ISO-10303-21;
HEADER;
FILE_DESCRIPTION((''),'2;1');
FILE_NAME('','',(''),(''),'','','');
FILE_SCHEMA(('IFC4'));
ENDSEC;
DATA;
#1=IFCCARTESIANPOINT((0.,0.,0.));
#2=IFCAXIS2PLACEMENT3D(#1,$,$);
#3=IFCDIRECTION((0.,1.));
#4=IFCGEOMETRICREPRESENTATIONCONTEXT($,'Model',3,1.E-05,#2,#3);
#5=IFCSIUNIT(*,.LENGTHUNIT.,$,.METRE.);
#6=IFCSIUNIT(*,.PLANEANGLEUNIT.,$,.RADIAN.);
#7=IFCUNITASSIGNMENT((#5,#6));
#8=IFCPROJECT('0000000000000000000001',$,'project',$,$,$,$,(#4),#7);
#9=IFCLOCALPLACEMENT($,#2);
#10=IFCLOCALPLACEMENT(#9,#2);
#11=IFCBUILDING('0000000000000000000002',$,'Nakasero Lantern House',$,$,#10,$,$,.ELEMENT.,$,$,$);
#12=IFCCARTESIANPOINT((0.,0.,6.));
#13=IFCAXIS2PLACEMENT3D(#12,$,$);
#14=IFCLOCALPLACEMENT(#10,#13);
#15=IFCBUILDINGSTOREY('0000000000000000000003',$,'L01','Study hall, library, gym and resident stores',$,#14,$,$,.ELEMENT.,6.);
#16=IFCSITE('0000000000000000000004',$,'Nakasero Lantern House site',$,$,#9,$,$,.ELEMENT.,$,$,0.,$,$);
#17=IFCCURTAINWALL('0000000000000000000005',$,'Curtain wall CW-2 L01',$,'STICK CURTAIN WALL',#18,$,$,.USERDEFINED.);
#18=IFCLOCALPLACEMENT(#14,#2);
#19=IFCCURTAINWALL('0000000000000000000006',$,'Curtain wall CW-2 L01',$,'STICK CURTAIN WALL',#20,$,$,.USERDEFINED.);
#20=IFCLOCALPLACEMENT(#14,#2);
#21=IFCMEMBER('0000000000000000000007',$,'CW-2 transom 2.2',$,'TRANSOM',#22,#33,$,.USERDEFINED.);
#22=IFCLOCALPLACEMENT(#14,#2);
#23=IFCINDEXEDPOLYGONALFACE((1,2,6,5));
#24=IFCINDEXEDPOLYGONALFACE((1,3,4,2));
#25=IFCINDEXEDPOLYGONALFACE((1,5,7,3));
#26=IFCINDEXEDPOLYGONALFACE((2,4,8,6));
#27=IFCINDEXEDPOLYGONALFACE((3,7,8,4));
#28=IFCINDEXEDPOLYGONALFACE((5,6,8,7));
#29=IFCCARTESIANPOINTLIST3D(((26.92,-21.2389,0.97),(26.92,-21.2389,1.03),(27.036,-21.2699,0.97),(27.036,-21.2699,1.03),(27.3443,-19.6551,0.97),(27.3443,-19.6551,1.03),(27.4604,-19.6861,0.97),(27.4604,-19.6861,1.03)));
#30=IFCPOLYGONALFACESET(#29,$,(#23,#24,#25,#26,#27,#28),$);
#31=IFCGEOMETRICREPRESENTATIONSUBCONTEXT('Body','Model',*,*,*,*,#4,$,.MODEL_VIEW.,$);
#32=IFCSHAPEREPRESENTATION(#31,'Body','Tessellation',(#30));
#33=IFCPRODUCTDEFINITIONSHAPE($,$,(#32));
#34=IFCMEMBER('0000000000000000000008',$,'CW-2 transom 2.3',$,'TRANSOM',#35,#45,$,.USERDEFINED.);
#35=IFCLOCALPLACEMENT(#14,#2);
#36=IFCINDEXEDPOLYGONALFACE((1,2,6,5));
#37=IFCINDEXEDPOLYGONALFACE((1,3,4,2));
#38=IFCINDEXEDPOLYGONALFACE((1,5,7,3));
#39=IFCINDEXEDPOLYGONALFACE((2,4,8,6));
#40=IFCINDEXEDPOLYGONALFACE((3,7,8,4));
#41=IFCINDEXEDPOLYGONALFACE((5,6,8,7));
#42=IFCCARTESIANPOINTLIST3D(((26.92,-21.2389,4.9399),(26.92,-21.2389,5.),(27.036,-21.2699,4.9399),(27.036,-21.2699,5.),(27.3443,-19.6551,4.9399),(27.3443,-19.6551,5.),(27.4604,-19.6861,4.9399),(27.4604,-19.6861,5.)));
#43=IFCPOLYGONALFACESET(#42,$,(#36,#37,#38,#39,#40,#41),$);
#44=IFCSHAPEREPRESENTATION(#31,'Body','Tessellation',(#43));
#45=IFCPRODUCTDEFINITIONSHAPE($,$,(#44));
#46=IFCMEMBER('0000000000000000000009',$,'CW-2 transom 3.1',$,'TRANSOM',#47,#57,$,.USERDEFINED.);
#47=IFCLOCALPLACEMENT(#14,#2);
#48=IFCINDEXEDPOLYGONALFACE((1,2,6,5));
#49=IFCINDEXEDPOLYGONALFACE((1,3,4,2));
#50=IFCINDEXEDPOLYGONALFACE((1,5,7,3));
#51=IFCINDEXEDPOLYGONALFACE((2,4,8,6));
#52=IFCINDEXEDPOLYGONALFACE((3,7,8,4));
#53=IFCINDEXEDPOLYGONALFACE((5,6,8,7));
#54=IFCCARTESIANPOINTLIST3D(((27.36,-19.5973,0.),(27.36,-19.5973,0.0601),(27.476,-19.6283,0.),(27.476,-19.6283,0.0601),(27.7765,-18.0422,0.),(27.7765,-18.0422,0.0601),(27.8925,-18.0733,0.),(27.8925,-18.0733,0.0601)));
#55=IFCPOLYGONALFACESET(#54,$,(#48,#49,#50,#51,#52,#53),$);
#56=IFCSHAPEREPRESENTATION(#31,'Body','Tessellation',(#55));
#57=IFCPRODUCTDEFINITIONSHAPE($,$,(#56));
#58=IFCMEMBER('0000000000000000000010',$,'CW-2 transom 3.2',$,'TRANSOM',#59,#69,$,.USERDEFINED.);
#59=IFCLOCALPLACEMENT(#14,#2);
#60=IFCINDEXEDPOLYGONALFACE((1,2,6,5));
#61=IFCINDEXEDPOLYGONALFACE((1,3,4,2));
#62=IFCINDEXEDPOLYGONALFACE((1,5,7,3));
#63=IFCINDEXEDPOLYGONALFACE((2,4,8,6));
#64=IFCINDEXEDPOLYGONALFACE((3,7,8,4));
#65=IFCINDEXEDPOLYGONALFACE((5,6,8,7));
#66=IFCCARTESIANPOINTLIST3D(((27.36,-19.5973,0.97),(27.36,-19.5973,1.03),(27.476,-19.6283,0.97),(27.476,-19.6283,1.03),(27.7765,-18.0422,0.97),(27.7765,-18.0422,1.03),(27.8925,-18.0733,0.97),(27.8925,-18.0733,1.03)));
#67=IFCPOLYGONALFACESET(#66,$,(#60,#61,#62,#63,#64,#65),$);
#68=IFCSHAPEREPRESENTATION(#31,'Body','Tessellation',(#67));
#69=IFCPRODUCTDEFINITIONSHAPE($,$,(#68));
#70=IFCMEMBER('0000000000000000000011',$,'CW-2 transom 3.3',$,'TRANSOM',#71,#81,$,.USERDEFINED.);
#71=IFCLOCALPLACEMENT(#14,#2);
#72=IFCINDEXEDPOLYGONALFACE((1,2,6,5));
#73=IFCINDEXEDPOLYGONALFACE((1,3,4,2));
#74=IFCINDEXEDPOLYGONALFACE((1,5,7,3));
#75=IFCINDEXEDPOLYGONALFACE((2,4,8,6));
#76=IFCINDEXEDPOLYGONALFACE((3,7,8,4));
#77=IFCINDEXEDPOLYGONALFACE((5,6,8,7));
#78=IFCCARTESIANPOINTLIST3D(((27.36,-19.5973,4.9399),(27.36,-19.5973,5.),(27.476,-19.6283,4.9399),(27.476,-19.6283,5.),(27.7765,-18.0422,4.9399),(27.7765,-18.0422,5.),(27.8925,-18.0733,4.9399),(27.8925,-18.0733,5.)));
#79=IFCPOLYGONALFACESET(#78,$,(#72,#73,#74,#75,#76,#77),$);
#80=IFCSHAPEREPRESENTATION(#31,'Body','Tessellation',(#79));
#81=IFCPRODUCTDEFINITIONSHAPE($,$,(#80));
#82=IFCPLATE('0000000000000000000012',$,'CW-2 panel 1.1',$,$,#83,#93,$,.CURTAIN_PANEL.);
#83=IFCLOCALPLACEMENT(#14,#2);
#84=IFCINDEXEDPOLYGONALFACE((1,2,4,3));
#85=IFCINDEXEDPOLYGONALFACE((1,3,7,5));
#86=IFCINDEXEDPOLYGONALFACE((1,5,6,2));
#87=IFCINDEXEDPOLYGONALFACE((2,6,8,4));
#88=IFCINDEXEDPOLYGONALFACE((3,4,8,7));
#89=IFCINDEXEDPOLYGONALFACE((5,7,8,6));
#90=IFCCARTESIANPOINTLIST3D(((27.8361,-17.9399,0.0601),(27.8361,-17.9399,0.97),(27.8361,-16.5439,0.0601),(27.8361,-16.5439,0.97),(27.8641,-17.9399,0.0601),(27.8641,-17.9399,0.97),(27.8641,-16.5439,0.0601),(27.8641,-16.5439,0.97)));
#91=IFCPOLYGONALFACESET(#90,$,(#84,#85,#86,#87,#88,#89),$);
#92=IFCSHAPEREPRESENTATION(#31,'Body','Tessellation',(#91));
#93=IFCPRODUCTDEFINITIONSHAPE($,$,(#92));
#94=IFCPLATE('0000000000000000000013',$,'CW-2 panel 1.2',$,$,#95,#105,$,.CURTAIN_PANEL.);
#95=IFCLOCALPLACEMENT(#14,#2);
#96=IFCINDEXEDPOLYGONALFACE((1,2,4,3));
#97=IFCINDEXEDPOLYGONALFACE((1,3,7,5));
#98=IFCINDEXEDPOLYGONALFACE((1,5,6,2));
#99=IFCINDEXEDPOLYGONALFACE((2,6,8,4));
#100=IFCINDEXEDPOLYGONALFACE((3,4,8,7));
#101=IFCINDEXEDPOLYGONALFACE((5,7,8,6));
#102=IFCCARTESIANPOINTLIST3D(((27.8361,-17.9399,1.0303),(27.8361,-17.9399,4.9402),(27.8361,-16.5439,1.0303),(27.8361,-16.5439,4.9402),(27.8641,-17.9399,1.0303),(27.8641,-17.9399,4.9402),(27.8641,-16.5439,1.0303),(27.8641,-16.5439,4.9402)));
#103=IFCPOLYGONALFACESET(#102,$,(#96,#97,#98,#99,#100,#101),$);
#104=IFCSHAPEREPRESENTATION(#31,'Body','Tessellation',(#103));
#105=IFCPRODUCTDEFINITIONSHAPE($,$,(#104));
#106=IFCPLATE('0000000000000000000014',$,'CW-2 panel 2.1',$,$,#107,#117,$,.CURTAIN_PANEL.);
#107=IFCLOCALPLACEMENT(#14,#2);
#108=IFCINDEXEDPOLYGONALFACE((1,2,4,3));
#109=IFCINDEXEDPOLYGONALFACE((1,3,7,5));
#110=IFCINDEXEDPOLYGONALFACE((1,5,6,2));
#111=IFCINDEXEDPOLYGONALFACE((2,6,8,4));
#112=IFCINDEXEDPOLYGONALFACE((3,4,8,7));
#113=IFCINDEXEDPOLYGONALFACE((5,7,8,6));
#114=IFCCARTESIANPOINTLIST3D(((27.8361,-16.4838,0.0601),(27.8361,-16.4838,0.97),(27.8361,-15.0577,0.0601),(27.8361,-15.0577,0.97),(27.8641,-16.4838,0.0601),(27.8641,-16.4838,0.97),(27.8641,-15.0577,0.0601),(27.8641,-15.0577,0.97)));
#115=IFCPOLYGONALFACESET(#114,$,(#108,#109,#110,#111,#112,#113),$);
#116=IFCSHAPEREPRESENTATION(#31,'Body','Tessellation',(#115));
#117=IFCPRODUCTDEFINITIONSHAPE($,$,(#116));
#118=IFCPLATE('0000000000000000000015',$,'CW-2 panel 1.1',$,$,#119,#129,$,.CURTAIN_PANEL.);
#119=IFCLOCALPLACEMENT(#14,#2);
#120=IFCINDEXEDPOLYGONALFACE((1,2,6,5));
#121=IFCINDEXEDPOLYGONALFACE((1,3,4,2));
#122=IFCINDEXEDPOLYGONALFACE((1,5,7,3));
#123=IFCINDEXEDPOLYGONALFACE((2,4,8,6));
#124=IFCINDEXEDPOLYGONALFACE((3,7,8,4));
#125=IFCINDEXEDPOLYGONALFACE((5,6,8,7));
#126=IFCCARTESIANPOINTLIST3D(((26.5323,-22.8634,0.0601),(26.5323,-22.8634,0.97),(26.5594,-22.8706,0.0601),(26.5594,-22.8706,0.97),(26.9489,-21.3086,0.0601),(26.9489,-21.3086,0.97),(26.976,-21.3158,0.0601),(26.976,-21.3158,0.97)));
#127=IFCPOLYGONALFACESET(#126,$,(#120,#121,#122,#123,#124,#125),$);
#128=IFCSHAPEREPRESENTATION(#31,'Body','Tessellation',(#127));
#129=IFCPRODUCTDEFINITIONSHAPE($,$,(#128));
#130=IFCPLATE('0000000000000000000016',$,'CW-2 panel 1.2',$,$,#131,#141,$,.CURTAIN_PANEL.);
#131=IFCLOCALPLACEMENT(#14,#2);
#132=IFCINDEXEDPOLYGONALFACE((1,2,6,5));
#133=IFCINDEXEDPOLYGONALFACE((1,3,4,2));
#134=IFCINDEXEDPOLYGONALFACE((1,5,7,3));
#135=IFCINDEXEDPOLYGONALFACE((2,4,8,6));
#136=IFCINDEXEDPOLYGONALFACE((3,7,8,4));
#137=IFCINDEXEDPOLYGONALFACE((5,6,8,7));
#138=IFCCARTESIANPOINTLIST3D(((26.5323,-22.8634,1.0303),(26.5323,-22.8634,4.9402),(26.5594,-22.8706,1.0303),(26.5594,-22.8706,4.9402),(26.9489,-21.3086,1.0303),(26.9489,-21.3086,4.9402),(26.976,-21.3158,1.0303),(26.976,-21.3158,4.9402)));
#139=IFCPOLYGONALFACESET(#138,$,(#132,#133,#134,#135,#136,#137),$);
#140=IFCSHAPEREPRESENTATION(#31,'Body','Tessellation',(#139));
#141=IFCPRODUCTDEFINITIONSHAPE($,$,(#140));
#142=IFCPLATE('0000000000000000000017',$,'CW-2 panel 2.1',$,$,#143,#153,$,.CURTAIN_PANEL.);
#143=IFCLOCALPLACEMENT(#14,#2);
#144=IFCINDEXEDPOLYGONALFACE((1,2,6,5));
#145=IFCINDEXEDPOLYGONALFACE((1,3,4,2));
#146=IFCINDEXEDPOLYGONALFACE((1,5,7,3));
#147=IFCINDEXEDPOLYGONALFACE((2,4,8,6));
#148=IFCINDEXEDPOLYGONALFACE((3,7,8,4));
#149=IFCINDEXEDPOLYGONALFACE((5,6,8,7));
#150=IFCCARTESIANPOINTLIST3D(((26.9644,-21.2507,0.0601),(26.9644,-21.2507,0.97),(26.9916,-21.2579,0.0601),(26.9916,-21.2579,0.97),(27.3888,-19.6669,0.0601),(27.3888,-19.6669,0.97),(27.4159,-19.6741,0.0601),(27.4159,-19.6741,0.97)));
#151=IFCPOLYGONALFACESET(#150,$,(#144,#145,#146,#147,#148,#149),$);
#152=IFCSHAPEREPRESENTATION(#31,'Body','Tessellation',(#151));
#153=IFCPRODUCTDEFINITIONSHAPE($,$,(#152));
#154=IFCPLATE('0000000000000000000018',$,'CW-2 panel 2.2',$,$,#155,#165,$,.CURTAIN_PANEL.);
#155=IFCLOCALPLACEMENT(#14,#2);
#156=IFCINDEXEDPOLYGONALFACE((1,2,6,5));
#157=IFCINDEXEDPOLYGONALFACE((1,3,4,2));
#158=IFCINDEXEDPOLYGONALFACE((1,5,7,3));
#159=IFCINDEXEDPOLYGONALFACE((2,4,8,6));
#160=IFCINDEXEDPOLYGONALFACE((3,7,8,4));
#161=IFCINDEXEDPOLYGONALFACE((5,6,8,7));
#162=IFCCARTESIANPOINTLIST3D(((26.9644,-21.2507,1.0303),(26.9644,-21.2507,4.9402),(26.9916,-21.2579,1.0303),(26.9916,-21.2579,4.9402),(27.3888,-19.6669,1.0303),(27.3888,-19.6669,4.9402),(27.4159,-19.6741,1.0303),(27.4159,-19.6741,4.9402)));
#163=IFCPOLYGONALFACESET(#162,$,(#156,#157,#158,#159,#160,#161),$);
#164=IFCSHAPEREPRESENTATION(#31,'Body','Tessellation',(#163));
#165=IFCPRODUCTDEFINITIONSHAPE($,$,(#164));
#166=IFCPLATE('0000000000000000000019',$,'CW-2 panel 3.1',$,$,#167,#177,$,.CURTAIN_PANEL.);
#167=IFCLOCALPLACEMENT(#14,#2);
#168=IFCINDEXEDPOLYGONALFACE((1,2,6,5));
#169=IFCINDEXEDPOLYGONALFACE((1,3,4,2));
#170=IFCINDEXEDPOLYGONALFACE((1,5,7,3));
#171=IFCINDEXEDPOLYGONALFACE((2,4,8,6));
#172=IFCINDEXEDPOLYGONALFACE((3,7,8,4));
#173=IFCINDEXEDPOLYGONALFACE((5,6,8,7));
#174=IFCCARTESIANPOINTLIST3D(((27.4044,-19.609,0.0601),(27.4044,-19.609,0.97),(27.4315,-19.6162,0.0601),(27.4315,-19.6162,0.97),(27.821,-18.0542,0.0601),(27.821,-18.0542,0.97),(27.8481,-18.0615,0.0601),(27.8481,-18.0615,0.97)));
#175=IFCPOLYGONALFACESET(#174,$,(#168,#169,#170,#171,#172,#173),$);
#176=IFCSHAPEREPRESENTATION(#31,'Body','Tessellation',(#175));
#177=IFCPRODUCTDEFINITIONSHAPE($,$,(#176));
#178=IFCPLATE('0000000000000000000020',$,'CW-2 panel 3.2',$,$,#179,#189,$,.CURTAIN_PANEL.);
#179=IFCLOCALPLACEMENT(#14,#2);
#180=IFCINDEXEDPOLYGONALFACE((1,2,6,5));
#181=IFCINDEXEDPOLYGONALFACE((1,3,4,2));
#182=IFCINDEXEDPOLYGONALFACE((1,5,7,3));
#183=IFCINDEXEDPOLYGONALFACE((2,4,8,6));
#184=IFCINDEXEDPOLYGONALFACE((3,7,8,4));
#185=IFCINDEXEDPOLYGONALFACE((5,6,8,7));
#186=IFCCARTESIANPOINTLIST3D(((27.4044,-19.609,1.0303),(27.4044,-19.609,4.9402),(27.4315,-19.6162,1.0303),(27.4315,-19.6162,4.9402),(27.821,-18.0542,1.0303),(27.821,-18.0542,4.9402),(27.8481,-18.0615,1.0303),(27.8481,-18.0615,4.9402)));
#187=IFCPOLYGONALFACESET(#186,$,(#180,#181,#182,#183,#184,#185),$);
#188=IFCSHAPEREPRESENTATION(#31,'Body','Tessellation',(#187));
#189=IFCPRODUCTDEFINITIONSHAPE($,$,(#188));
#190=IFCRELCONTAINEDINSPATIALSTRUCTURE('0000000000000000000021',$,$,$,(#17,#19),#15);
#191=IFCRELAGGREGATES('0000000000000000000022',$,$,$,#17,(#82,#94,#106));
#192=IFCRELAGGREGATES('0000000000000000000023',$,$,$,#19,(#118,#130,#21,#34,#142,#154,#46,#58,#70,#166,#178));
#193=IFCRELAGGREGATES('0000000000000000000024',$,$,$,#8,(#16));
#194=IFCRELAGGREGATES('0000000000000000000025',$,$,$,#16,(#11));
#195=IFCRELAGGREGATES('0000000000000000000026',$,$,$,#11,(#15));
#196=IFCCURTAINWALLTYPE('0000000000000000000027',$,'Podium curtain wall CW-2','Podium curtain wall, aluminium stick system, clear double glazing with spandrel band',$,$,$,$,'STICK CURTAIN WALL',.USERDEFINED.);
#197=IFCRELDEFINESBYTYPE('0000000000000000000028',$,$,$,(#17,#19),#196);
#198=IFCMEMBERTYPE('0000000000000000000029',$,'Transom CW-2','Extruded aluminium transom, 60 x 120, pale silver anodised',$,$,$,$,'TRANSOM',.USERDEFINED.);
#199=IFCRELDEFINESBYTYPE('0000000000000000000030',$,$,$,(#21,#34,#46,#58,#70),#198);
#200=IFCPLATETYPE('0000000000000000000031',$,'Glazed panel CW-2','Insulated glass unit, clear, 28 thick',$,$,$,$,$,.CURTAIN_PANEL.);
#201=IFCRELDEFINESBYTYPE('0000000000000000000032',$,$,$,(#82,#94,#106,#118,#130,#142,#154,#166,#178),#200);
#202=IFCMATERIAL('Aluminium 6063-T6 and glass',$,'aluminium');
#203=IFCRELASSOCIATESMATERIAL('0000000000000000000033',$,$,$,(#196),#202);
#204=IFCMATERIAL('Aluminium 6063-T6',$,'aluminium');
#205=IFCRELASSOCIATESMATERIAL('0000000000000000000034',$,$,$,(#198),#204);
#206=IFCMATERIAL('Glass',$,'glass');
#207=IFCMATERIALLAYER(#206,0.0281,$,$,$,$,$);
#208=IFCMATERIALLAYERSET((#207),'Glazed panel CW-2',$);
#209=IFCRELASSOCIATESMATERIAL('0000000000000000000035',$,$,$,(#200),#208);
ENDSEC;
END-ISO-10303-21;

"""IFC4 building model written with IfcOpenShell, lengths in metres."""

from ifc_helpers import new_model, si_unit, direction, frame, origin, origin_2d, place, context, subcontext, project, spatial, rectangle, extrude, material, layer, layer_set, material_profile, profile_set, type_object, element, aggregate, save


model = new_model("IFC4")

# Units and contexts
model_context = context("Model", 3, precision=1e-05, world=origin(), true_north=direction((0.0, 1.0)))
body_context = subcontext(model_context, "Body", "Model", "MODEL_VIEW")
ifc_project = project(units=[si_unit("LENGTHUNIT", "METRE"), si_unit("PLANEANGLEUNIT", "RADIAN")], contexts=[model_context])

# Site, building, storey
site_placement = place(None, origin())
site = spatial("IfcSite", under=ifc_project, at=site_placement, Name="Nakasero Lantern House site", CompositionType="ELEMENT", RefElevation=0.0)
building_placement = place(site_placement, origin())
building = spatial("IfcBuilding", under=site, at=building_placement, Name="Nakasero Lantern House", CompositionType="ELEMENT")
storey_placement = place(building_placement, frame((0.0, 0.0, 6.0)))
storey = spatial("IfcBuildingStorey", under=building, at=storey_placement, Name="L01", Description="Study hall, library, gym and resident stores", CompositionType="ELEMENT", Elevation=6.0)

# Curtain walls
ifc_material_1 = material(Name="Aluminium 6063-T6 and glass", Category="aluminium")
curtain_wall_type = type_object("IfcCurtainWallType", Name="Podium curtain wall CW-2", Description="Podium curtain wall, aluminium stick system, clear double glazing with spandrel band", ElementType="STICK CURTAIN WALL", PredefinedType="USERDEFINED", material=ifc_material_1)
curtain_wall_1_placement = place(storey_placement, origin())
curtain_wall_1 = element("IfcCurtainWall", 1, at=curtain_wall_1_placement, inside=storey, type_object=curtain_wall_type, Name="Curtain wall CW-2 L01", ObjectType="STICK CURTAIN WALL", PredefinedType="USERDEFINED")
curtain_wall_2_placement = place(storey_placement, origin())
curtain_wall_2 = element("IfcCurtainWall", 2, at=curtain_wall_2_placement, inside=storey, type_object=curtain_wall_type, Name="Curtain wall CW-2 L01", ObjectType="STICK CURTAIN WALL", PredefinedType="USERDEFINED")

# Members
ifc_material_2 = material(Name="Aluminium 6063-T6", Category="aluminium")
ifc_material_profile_1 = material_profile(ifc_material_2, rectangle(XDim=0.0601, YDim=0.1201, at=origin_2d()), Name="CW-2 transom 60x120")
ifc_profile_set_1 = profile_set([ifc_material_profile_1], Name="Aluminium 6063-T6")
member_type_1 = type_object("IfcMemberType", Name="Transom CW-2", Description="Extruded aluminium transom, 60 x 120, pale silver anodised", ElementType="TRANSOM", PredefinedType="USERDEFINED", material=ifc_profile_set_1)
member_1_placement = place(storey_placement, frame((26.978, -21.2544, 1.0), z_axis=(0.258793, 0.965933, 0.0), x_axis=(0.0, 0.0, 1.0)))
member_1 = element("IfcMember", 3, at=member_1_placement, type_object=member_type_1, Name="CW-2 transom 2.2", ObjectType="TRANSOM", PredefinedType="USERDEFINED", context=body_context, shape_type="SweptSolid", body=[
    extrude(rectangle(XDim=0.0601, YDim=0.1201, at=origin_2d()), origin(), (0.0, 0.0, 1.0), 1.6396),
])
member_2_placement = place(storey_placement, frame((26.978, -21.2544, 4.97), z_axis=(0.258793, 0.965933, 0.0), x_axis=(0.0, 0.0, 1.0)))
member_2 = element("IfcMember", 4, at=member_2_placement, type_object=member_type_1, Name="CW-2 transom 2.3", ObjectType="TRANSOM", PredefinedType="USERDEFINED", context=body_context, shape_type="SweptSolid", body=[
    extrude(rectangle(XDim=0.0601, YDim=0.1201, at=origin_2d()), origin(), (0.0, 0.0, 1.0), 1.6396),
])
member_3_placement = place(storey_placement, frame((27.418, -19.6128, 0.03), z_axis=(0.258739, 0.965947, 0.0), x_axis=(0.0, 0.0, 1.0)))
member_3 = element("IfcMember", 5, at=member_3_placement, type_object=member_type_1, Name="CW-2 transom 3.1", ObjectType="TRANSOM", PredefinedType="USERDEFINED", context=body_context, shape_type="SweptSolid", body=[
    extrude(rectangle(XDim=0.0601, YDim=0.1201, at=origin_2d()), origin(), (0.0, 0.0, 1.0), 1.6099),
])
member_4_placement = place(storey_placement, frame((27.418, -19.6128, 1.0), z_axis=(0.258739, 0.965947, 0.0), x_axis=(0.0, 0.0, 1.0)))
member_4 = element("IfcMember", 6, at=member_4_placement, type_object=member_type_1, Name="CW-2 transom 3.2", ObjectType="TRANSOM", PredefinedType="USERDEFINED", context=body_context, shape_type="SweptSolid", body=[
    extrude(rectangle(XDim=0.0601, YDim=0.1201, at=origin_2d()), origin(), (0.0, 0.0, 1.0), 1.6099),
])
member_5_placement = place(storey_placement, frame((27.418, -19.6128, 4.97), z_axis=(0.258739, 0.965947, 0.0), x_axis=(0.0, 0.0, 1.0)))
member_5 = element("IfcMember", 7, at=member_5_placement, type_object=member_type_1, Name="CW-2 transom 3.3", ObjectType="TRANSOM", PredefinedType="USERDEFINED", context=body_context, shape_type="SweptSolid", body=[
    extrude(rectangle(XDim=0.0601, YDim=0.1201, at=origin_2d()), origin(), (0.0, 0.0, 1.0), 1.6099),
])

# Plates
ifc_material_3 = material(Name="Glass", Category="glass")
ifc_layer = layer(ifc_material_3, 0.0281)
ifc_layer_set = layer_set([ifc_layer], Name="Glazed panel CW-2")
plate_type = type_object("IfcPlateType", Name="Glazed panel CW-2", Description="Insulated glass unit, clear, 28 thick", PredefinedType="CURTAIN_PANEL", material=ifc_layer_set)
plate_1_placement = place(storey_placement, frame((27.8501, -17.2419, 0.0601), z_axis=(0.0, 0.0, 1.0), x_axis=(0.0, 1.0, 0.0)))
plate_1 = element("IfcPlate", 8, at=plate_1_placement, type_object=plate_type, Name="CW-2 panel 1.1", PredefinedType="CURTAIN_PANEL", context=body_context, shape_type="SweptSolid", body=[
    extrude(rectangle(XDim=1.396, YDim=0.0281, at=origin_2d()), origin(), (0.0, 0.0, 1.0), 0.9099),
])
plate_2_placement = place(storey_placement, frame((27.8501, -17.2419, 1.0303), z_axis=(0.0, 0.0, 1.0), x_axis=(0.0, 1.0, 0.0)))
plate_2 = element("IfcPlate", 9, at=plate_2_placement, type_object=plate_type, Name="CW-2 panel 1.2", PredefinedType="CURTAIN_PANEL", context=body_context, shape_type="SweptSolid", body=[
    extrude(rectangle(XDim=1.396, YDim=0.0281, at=origin_2d()), origin(), (0.0, 0.0, 1.0), 3.9099),
])
plate_3_placement = place(storey_placement, frame((27.8501, -15.7708, 0.0601), z_axis=(0.0, 0.0, 1.0), x_axis=(0.0, 1.0, 0.0)))
plate_3 = element("IfcPlate", 10, at=plate_3_placement, type_object=plate_type, Name="CW-2 panel 2.1", PredefinedType="CURTAIN_PANEL", context=body_context, shape_type="SweptSolid", body=[
    extrude(rectangle(XDim=1.426, YDim=0.0281, at=origin_2d()), origin(), (0.0, 0.0, 1.0), 0.9099),
])
aggregate(curtain_wall_1, [plate_1, plate_2, plate_3])
plate_4_placement = place(storey_placement, frame((26.7542, -22.0896, 0.0601), z_axis=(0.0, 0.0, 1.0), x_axis=(0.258819, 0.965926, 0.0)))
plate_4 = element("IfcPlate", 11, at=plate_4_placement, type_object=plate_type, Name="CW-2 panel 1.1", PredefinedType="CURTAIN_PANEL", context=body_context, shape_type="SweptSolid", body=[
    extrude(rectangle(XDim=1.6096, YDim=0.0281, at=origin_2d()), origin(), (0.0, 0.0, 1.0), 0.9099),
])
plate_5_placement = place(storey_placement, frame((26.7542, -22.0896, 1.0303), z_axis=(0.0, 0.0, 1.0), x_axis=(0.258819, 0.965926, 0.0)))
plate_5 = element("IfcPlate", 12, at=plate_5_placement, type_object=plate_type, Name="CW-2 panel 1.2", PredefinedType="CURTAIN_PANEL", context=body_context, shape_type="SweptSolid", body=[
    extrude(rectangle(XDim=1.6096, YDim=0.0281, at=origin_2d()), origin(), (0.0, 0.0, 1.0), 3.9099),
])
plate_6_placement = place(storey_placement, frame((27.1902, -20.4624, 0.0601), z_axis=(0.0, 0.0, 1.0), x_axis=(0.258819, 0.965926, 0.0)))
plate_6 = element("IfcPlate", 13, at=plate_6_placement, type_object=plate_type, Name="CW-2 panel 2.1", PredefinedType="CURTAIN_PANEL", context=body_context, shape_type="SweptSolid", body=[
    extrude(rectangle(XDim=1.6396, YDim=0.0281, at=origin_2d()), origin(), (0.0, 0.0, 1.0), 0.9099),
])
plate_7_placement = place(storey_placement, frame((27.1902, -20.4624, 1.0303), z_axis=(0.0, 0.0, 1.0), x_axis=(0.258819, 0.965926, 0.0)))
plate_7 = element("IfcPlate", 14, at=plate_7_placement, type_object=plate_type, Name="CW-2 panel 2.2", PredefinedType="CURTAIN_PANEL", context=body_context, shape_type="SweptSolid", body=[
    extrude(rectangle(XDim=1.6396, YDim=0.0281, at=origin_2d()), origin(), (0.0, 0.0, 1.0), 3.9099),
])
plate_8_placement = place(storey_placement, frame((27.6262, -18.8352, 0.0601), z_axis=(0.0, 0.0, 1.0), x_axis=(0.258819, 0.965926, 0.0)))
plate_8 = element("IfcPlate", 15, at=plate_8_placement, type_object=plate_type, Name="CW-2 panel 3.1", PredefinedType="CURTAIN_PANEL", context=body_context, shape_type="SweptSolid", body=[
    extrude(rectangle(XDim=1.6096, YDim=0.0281, at=origin_2d()), origin(), (0.0, 0.0, 1.0), 0.9099),
])
plate_9_placement = place(storey_placement, frame((27.6262, -18.8352, 1.0303), z_axis=(0.0, 0.0, 1.0), x_axis=(0.258819, 0.965926, 0.0)))
plate_9 = element("IfcPlate", 16, at=plate_9_placement, type_object=plate_type, Name="CW-2 panel 3.2", PredefinedType="CURTAIN_PANEL", context=body_context, shape_type="SweptSolid", body=[
    extrude(rectangle(XDim=1.6096, YDim=0.0281, at=origin_2d()), origin(), (0.0, 0.0, 1.0), 3.9099),
])
aggregate(curtain_wall_2, [plate_4, plate_5, member_1, member_2, plate_6, plate_7, member_3, member_4, member_5, plate_8, plate_9])

save(model, "model.ifc")
